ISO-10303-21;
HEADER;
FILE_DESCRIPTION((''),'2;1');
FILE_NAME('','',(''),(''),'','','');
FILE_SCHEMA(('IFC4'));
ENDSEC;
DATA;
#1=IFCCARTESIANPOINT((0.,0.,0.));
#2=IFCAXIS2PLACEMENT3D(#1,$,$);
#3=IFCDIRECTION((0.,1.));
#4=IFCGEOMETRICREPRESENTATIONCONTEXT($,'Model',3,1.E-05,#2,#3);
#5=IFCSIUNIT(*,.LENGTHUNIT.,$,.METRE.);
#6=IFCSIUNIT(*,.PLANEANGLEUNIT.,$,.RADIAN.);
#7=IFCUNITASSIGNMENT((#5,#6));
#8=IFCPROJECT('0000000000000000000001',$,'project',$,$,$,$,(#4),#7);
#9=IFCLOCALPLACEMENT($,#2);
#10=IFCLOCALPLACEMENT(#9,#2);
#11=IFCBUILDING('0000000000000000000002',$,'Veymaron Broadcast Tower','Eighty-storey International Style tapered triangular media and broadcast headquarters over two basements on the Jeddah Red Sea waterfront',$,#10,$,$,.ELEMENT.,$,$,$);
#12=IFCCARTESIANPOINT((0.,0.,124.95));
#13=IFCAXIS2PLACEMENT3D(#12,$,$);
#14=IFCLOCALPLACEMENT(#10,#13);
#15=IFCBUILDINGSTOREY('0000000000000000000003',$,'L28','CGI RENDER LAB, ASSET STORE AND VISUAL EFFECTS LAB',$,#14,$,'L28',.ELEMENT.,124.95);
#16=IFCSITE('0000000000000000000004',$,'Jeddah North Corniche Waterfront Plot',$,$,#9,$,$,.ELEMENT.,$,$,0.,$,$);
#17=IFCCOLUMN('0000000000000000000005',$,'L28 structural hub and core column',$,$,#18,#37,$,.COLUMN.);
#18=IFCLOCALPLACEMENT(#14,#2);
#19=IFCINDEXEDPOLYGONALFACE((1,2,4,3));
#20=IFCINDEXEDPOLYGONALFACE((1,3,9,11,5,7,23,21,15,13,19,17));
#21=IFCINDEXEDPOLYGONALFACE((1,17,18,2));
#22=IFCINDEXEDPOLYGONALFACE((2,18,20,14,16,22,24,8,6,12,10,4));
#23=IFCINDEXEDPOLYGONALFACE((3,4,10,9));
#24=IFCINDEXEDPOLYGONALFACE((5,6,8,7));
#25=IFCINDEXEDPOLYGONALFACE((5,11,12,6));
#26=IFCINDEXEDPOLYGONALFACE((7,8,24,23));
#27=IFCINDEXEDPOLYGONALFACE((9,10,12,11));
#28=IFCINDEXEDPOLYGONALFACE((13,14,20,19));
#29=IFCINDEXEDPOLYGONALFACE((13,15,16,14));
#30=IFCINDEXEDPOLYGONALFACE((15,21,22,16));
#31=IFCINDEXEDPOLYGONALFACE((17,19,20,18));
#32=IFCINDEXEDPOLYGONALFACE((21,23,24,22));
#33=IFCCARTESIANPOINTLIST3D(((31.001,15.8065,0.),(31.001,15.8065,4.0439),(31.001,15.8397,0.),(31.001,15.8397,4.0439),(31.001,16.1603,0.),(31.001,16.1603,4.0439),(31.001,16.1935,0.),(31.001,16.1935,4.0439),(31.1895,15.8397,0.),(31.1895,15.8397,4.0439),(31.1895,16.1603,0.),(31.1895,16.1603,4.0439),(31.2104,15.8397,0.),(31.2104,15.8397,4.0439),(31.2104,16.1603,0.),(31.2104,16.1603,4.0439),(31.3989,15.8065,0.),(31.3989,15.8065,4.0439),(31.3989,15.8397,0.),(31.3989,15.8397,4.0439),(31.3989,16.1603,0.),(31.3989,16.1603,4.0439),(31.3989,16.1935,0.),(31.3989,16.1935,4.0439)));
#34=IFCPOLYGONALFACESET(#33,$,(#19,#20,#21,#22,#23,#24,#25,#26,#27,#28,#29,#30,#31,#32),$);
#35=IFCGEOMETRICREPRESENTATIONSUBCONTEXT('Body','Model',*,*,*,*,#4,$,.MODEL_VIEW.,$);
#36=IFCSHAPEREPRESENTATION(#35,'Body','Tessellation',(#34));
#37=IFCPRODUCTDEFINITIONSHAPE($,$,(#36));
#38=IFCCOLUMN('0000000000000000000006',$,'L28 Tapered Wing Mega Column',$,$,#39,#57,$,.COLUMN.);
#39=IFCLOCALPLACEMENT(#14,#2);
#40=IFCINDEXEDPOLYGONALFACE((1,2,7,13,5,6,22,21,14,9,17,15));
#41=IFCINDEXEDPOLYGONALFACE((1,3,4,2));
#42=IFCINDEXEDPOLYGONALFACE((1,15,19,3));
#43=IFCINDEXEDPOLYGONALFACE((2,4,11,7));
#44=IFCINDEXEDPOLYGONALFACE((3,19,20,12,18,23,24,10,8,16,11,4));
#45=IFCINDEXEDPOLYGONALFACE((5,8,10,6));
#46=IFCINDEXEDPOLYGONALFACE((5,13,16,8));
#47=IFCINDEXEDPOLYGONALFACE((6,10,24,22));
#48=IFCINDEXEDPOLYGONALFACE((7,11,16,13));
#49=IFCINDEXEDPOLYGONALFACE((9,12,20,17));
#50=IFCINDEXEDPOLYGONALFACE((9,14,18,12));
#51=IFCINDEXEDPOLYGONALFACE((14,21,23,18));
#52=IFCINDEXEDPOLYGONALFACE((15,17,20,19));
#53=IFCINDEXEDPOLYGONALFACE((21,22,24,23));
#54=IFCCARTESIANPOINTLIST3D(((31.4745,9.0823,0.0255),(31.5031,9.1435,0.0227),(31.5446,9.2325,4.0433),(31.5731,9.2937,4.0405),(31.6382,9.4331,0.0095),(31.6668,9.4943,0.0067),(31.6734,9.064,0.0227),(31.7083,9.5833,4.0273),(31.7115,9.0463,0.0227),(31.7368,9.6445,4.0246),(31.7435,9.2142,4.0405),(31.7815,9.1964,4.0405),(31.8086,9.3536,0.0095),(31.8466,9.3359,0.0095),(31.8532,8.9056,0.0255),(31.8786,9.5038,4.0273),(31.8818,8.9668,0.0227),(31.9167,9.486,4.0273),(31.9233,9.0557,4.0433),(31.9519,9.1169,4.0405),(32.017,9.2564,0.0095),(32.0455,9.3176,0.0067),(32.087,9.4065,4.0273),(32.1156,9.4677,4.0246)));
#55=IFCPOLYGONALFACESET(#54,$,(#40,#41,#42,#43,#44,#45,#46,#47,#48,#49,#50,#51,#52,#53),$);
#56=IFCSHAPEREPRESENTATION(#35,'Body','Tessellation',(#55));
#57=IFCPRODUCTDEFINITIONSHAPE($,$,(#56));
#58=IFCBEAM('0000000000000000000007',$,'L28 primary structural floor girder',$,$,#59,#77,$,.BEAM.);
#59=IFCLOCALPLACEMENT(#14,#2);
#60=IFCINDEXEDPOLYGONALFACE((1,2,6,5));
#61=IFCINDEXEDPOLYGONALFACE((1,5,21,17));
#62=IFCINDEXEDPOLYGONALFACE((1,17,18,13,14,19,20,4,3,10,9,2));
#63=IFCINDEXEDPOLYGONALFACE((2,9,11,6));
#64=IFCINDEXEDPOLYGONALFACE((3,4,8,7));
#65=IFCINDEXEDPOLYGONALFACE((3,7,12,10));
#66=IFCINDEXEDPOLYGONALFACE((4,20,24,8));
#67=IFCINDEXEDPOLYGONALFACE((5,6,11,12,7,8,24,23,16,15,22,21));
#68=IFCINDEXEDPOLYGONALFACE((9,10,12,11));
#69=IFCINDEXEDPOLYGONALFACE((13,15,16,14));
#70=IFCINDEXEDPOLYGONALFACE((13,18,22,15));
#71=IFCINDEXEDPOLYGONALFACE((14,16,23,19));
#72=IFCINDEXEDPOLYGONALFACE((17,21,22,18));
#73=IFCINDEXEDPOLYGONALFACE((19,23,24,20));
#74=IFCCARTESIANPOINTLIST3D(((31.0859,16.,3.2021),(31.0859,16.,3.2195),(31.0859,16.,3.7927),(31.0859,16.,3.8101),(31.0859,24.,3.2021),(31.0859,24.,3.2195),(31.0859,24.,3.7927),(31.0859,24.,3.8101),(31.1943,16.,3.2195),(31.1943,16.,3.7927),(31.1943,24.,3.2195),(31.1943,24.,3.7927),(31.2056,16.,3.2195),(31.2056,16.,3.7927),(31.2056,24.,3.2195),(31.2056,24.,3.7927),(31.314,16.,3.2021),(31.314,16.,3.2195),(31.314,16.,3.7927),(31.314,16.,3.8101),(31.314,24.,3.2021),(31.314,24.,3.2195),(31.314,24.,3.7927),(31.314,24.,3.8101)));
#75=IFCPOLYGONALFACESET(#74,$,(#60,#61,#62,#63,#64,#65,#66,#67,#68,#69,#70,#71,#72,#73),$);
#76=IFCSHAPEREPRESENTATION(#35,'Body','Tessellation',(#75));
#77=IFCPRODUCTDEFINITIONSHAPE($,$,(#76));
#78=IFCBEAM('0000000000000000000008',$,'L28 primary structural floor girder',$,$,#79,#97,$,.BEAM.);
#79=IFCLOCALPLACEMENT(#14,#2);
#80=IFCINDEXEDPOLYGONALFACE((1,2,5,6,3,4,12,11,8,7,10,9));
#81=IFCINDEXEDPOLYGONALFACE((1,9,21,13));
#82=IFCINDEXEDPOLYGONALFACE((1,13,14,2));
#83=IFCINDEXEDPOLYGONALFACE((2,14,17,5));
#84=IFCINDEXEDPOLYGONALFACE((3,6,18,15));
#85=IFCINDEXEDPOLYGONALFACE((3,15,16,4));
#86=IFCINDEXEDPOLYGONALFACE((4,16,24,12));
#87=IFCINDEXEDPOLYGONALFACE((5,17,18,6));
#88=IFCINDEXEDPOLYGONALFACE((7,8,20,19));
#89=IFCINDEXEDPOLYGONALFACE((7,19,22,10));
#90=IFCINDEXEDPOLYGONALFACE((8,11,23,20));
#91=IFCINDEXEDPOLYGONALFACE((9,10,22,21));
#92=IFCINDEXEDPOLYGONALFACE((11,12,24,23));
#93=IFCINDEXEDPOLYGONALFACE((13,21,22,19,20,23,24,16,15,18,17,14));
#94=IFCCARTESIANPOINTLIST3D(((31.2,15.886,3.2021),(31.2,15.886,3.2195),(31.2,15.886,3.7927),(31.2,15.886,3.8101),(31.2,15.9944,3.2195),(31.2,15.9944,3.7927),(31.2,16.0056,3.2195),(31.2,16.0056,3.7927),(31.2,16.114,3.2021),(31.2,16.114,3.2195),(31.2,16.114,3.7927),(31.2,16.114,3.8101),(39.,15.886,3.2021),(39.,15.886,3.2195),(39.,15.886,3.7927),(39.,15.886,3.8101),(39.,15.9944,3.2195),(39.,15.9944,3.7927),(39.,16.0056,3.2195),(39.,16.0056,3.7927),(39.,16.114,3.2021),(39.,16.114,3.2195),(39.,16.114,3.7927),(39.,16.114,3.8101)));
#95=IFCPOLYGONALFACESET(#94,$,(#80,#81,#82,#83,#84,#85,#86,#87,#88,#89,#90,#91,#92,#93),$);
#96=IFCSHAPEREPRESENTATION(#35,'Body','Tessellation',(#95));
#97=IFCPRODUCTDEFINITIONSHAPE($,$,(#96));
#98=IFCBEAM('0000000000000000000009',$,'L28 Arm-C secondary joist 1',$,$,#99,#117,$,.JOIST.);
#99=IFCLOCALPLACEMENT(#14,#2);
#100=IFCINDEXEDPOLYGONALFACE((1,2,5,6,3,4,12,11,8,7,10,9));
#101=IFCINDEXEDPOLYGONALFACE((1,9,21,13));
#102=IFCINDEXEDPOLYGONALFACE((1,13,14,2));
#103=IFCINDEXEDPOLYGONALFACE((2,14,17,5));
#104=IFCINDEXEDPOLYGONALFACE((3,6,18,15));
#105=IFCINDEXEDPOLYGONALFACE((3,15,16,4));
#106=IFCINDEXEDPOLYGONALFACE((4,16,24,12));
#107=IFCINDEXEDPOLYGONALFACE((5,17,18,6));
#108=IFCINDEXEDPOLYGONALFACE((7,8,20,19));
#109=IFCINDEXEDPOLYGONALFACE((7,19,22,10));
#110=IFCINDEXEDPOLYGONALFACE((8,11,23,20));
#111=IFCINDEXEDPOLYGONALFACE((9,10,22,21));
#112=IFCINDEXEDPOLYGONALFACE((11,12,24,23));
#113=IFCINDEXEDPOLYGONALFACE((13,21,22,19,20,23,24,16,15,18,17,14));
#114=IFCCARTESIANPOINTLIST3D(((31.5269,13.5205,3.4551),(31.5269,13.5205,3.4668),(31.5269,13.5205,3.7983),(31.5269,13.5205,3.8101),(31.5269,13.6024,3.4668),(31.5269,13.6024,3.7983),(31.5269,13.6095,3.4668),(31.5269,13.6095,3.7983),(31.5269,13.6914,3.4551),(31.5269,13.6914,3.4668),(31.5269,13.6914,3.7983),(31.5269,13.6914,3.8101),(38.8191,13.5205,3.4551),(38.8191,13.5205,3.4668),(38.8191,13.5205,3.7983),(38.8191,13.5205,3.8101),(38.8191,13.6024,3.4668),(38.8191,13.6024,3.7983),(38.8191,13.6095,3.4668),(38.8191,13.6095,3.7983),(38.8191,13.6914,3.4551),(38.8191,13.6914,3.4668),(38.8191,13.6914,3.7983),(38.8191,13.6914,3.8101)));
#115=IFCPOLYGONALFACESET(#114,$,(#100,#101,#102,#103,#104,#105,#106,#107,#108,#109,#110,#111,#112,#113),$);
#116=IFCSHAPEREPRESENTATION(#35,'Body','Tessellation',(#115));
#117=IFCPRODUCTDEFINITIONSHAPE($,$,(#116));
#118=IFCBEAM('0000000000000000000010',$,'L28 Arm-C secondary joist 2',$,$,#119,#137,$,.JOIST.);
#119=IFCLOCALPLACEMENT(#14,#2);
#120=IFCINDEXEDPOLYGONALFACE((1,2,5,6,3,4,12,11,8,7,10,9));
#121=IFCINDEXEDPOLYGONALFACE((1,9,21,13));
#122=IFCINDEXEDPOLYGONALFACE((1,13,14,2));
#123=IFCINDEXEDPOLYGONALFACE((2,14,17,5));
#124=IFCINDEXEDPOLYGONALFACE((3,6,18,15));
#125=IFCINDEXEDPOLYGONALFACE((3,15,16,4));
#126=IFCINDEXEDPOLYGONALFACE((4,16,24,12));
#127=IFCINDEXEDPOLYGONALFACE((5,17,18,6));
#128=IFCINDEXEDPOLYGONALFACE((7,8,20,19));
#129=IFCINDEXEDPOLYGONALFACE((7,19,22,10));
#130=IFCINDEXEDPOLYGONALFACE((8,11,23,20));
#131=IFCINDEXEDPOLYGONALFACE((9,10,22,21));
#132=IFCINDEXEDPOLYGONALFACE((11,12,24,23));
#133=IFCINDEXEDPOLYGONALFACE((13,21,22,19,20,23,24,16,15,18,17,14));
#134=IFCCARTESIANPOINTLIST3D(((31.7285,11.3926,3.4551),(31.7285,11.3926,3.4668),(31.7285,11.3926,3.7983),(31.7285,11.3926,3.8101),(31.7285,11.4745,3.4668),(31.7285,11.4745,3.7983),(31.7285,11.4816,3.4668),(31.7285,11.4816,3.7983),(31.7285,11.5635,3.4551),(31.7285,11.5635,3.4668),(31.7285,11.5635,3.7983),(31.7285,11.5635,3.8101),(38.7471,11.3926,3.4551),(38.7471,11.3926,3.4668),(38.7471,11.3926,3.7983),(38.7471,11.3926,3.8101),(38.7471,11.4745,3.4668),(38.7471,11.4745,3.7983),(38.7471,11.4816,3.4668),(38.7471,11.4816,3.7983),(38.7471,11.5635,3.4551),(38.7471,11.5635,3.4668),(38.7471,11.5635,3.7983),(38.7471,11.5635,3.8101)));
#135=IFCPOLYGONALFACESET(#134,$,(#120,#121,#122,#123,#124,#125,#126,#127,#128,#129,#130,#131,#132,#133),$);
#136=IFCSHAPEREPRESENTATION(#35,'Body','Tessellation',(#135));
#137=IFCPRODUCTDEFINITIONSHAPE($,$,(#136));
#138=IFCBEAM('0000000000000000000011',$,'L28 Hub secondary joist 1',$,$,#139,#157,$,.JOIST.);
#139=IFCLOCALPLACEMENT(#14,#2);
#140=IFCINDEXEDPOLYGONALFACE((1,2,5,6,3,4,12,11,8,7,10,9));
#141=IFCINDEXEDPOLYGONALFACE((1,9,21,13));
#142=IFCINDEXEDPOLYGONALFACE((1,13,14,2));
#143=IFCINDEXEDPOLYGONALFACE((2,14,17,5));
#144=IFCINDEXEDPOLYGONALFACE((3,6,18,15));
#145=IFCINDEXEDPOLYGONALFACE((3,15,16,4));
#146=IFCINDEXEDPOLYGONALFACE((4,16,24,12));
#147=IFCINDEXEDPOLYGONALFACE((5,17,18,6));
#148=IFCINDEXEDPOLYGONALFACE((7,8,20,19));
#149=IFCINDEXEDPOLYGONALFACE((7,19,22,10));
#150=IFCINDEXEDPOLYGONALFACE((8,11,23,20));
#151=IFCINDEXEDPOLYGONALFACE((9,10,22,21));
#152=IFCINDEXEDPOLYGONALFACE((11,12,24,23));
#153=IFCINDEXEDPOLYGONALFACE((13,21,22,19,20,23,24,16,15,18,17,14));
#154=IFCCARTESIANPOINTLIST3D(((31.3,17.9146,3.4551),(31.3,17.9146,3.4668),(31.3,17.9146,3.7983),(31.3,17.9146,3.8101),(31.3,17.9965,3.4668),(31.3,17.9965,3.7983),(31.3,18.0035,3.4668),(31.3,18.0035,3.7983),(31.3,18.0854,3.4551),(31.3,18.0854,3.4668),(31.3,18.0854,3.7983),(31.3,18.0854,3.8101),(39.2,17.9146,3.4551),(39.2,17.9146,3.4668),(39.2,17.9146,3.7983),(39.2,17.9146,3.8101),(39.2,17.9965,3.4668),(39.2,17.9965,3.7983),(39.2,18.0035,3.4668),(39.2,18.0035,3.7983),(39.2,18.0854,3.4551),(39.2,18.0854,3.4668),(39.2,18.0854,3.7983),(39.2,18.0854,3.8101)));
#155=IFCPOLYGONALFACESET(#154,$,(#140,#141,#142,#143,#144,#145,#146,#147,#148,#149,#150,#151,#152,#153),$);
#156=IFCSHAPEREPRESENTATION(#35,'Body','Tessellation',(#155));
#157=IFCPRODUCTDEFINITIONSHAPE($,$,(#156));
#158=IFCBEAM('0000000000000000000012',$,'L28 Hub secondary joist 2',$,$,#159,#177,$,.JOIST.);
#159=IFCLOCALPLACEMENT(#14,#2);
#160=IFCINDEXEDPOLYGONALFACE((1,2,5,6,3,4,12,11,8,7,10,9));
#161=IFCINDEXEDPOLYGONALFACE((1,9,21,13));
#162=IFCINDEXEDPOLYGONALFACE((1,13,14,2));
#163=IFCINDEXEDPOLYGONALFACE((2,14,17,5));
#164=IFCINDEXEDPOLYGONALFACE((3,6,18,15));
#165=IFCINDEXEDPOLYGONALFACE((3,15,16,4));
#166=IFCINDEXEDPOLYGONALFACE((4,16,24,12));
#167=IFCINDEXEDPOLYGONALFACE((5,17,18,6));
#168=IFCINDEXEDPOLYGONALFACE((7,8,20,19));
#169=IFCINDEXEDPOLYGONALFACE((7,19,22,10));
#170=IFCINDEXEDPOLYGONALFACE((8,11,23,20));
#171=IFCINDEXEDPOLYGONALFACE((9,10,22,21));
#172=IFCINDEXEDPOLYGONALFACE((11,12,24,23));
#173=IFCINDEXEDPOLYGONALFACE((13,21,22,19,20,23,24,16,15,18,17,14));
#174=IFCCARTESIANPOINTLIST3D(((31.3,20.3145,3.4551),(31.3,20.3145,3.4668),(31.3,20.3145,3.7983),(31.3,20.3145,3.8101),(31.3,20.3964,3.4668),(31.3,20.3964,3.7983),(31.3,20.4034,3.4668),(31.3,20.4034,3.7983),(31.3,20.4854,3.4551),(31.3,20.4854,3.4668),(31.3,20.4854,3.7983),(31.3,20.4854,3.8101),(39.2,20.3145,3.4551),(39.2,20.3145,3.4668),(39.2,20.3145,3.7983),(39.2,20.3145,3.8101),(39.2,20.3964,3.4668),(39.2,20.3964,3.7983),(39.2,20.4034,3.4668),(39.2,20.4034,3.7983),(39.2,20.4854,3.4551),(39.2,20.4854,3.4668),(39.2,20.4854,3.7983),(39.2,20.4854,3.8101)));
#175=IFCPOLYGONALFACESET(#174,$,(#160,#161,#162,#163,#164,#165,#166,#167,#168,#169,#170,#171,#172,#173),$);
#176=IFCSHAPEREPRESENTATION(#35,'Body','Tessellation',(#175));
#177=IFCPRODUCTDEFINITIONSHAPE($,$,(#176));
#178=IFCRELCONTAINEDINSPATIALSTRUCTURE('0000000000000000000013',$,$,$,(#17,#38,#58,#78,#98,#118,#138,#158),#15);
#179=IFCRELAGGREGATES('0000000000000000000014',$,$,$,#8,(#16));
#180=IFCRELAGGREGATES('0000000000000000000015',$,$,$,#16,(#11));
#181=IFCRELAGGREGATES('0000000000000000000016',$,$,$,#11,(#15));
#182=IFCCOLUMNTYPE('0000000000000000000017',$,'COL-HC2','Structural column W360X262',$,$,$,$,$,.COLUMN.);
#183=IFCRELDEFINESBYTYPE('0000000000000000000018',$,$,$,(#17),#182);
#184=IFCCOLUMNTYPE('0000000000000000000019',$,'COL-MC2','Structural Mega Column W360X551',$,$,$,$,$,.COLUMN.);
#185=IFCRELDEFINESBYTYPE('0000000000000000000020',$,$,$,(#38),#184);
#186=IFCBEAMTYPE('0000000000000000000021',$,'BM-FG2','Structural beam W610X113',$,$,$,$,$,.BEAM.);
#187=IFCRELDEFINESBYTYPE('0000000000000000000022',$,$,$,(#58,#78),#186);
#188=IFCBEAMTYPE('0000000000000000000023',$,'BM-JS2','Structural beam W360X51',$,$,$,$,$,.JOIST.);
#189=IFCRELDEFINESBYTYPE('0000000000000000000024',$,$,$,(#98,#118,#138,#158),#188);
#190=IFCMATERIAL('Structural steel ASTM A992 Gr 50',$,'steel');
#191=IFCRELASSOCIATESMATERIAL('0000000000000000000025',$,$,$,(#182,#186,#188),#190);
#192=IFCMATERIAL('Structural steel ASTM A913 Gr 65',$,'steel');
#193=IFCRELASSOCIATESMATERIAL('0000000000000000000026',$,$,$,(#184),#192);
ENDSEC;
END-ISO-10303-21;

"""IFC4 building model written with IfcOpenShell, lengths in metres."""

from ifc_helpers import new_model, si_unit, direction, frame, origin, origin_2d, place, context, subcontext, project, spatial, i_section, extrude, material, material_profile, profile_set, type_object, element, save


model = new_model("IFC4")

# Units and contexts
model_context = context("Model", 3, precision=1e-05, world=origin(), true_north=direction((0.0, 1.0)))
body_context = subcontext(model_context, "Body", "Model", "MODEL_VIEW")
ifc_project = project(units=[si_unit("LENGTHUNIT", "METRE"), si_unit("PLANEANGLEUNIT", "RADIAN")], contexts=[model_context])

# Site, building, storey
site_placement = place(None, origin())
site = spatial("IfcSite", under=ifc_project, at=site_placement, Name="Jeddah North Corniche Waterfront Plot", CompositionType="ELEMENT", RefElevation=0.0)
building_placement = place(site_placement, origin())
building = spatial("IfcBuilding", under=site, at=building_placement, Name="Veymaron Broadcast Tower", Description="Eighty-storey International Style tapered triangular media and broadcast headquarters over two basements on the Jeddah Red Sea waterfront", CompositionType="ELEMENT")
storey_placement = place(building_placement, frame((0.0, 0.0, 124.95)))
storey = spatial("IfcBuildingStorey", under=building, at=storey_placement, Name="L28", Description="CGI RENDER LAB, ASSET STORE AND VISUAL EFFECTS LAB", LongName="L28", CompositionType="ELEMENT", Elevation=124.95)

# Columns
ifc_material_1 = material(Name="Structural steel ASTM A992 Gr 50", Category="steel")
ifc_material_profile_1 = material_profile(ifc_material_1, i_section(OverallWidth=0.3979, OverallDepth=0.387, WebThickness=0.021, FlangeThickness=0.0332, at=origin_2d()), Name="W360X262")
ifc_profile_set_1 = profile_set([ifc_material_profile_1], Name="Structural steel ASTM A992 Gr 50")
column_type_1 = type_object("IfcColumnType", Name="COL-HC2", Description="Structural column W360X262", PredefinedType="COLUMN", material=ifc_profile_set_1)
column_1_placement = place(storey_placement, frame((31.2, 16.0, 0.0), z_axis=(0.0, 0.0, 1.0), x_axis=(1.0, 0.0, 0.0)))
element("IfcColumn", 1, at=column_1_placement, inside=storey, type_object=column_type_1, Name="L28 structural hub and core column", PredefinedType="COLUMN", context=body_context, shape_type="SweptSolid", body=[
    extrude(i_section(OverallWidth=0.3979, OverallDepth=0.387, WebThickness=0.021, FlangeThickness=0.0332, at=origin_2d()), origin(), (0.0, 0.0, 1.0), 4.0439),
])
ifc_material_2 = material(Name="Structural steel ASTM A913 Gr 65", Category="steel")
ifc_material_profile_2 = material_profile(ifc_material_2, i_section(OverallWidth=0.418, OverallDepth=0.4551, WebThickness=0.042, FlangeThickness=0.0676, at=origin_2d()), Name="W360X551")
ifc_profile_set_2 = profile_set([ifc_material_profile_2], Name="Structural steel ASTM A913 Gr 65")
column_type_2 = type_object("IfcColumnType", Name="COL-MC2", Description="Structural Mega Column W360X551", PredefinedType="COLUMN", material=ifc_profile_set_2)
column_2_placement = place(storey_placement, frame((31.76, 9.2, 0.0161), z_axis=(0.017425, 0.037338, 0.999151), x_axis=(-0.906183, 0.422885, 0.0)))
element("IfcColumn", 2, at=column_2_placement, inside=storey, type_object=column_type_2, Name="L28 Tapered Wing Mega Column", PredefinedType="COLUMN", context=body_context, shape_type="SweptSolid", body=[
    extrude(i_section(OverallWidth=0.418, OverallDepth=0.4551, WebThickness=0.042, FlangeThickness=0.0676, at=origin_2d()), origin(), (0.0, 0.0, 1.0), 4.0212),
])

# Beams
ifc_material_profile_3 = material_profile(ifc_material_1, i_section(OverallWidth=0.228, OverallDepth=0.6079, WebThickness=0.0112, FlangeThickness=0.0173, at=origin_2d()), Name="W610X113")
ifc_profile_set_3 = profile_set([ifc_material_profile_3], Name="Structural steel ASTM A992 Gr 50")
beam_type_1 = type_object("IfcBeamType", Name="BM-FG2", Description="Structural beam W610X113", PredefinedType="BEAM", material=ifc_profile_set_3)
beam_1_placement = place(storey_placement, frame((31.2, 16.0, 3.5061), z_axis=(0.0, 1.0, 0.0), x_axis=(-1.0, 0.0, 0.0)))
element("IfcBeam", 3, at=beam_1_placement, inside=storey, type_object=beam_type_1, Name="L28 primary structural floor girder", PredefinedType="BEAM", context=body_context, shape_type="SweptSolid", body=[
    extrude(i_section(OverallWidth=0.228, OverallDepth=0.6079, WebThickness=0.0112, FlangeThickness=0.0173, at=origin_2d()), origin(), (0.0, 0.0, 1.0), 8.0),
])
beam_2_placement = place(storey_placement, frame((31.2, 16.0, 3.5061), z_axis=(1.0, 0.0, 0.0), x_axis=(0.0, 1.0, 0.0)))
element("IfcBeam", 4, at=beam_2_placement, inside=storey, type_object=beam_type_1, Name="L28 primary structural floor girder", PredefinedType="BEAM", context=body_context, shape_type="SweptSolid", body=[
    extrude(i_section(OverallWidth=0.228, OverallDepth=0.6079, WebThickness=0.0112, FlangeThickness=0.0173, at=origin_2d()), origin(), (0.0, 0.0, 1.0), 7.8),
])
ifc_material_profile_4 = material_profile(ifc_material_1, i_section(OverallWidth=0.1709, OverallDepth=0.355, WebThickness=0.0071, FlangeThickness=0.0117, at=origin_2d()), Name="W360X51")
ifc_profile_set_4 = profile_set([ifc_material_profile_4], Name="Structural steel ASTM A992 Gr 50")
beam_type_2 = type_object("IfcBeamType", Name="BM-JS2", Description="Structural beam W360X51", PredefinedType="JOIST", material=ifc_profile_set_4)
beam_3_placement = place(storey_placement, frame((31.5269, 13.606, 3.6326), z_axis=(1.0, 0.0, 0.0), x_axis=(0.0, 1.0, 0.0)))
element("IfcBeam", 5, at=beam_3_placement, inside=storey, type_object=beam_type_2, Name="L28 Arm-C secondary joist 1", PredefinedType="JOIST", context=body_context, shape_type="SweptSolid", body=[
    extrude(i_section(OverallWidth=0.1709, OverallDepth=0.355, WebThickness=0.0071, FlangeThickness=0.0117, at=origin_2d()), origin(), (0.0, 0.0, 1.0), 7.2922),
])
beam_4_placement = place(storey_placement, frame((31.7285, 11.478, 3.6326), z_axis=(1.0, 0.0, 0.0), x_axis=(0.0, 1.0, 0.0)))
element("IfcBeam", 6, at=beam_4_placement, inside=storey, type_object=beam_type_2, Name="L28 Arm-C secondary joist 2", PredefinedType="JOIST", context=body_context, shape_type="SweptSolid", body=[
    extrude(i_section(OverallWidth=0.1709, OverallDepth=0.355, WebThickness=0.0071, FlangeThickness=0.0117, at=origin_2d()), origin(), (0.0, 0.0, 1.0), 7.0186),
])
for number, where, z_axis, x_axis, name in (
    (7, (31.3, 18.0, 3.6326), (1.0, 0.0, 0.0), (0.0, 1.0, 0.0), "L28 Hub secondary joist 1"),
    (8, (31.3, 20.3999, 3.6326), (1.0, 0.0, 0.0), (0.0, 1.0, 0.0), "L28 Hub secondary joist 2"),
):
    element("IfcBeam", number, at=place(storey_placement, frame(where, z_axis=z_axis, x_axis=x_axis)), inside=storey, type_object=beam_type_2, Name=name, PredefinedType="JOIST", context=body_context, shape_type="SweptSolid", body=[
        extrude(i_section(OverallWidth=0.1709, OverallDepth=0.355, WebThickness=0.0071, FlangeThickness=0.0117, at=origin_2d()), origin(), (0.0, 0.0, 1.0), 7.8999),
    ])

save(model, "model.ifc")
